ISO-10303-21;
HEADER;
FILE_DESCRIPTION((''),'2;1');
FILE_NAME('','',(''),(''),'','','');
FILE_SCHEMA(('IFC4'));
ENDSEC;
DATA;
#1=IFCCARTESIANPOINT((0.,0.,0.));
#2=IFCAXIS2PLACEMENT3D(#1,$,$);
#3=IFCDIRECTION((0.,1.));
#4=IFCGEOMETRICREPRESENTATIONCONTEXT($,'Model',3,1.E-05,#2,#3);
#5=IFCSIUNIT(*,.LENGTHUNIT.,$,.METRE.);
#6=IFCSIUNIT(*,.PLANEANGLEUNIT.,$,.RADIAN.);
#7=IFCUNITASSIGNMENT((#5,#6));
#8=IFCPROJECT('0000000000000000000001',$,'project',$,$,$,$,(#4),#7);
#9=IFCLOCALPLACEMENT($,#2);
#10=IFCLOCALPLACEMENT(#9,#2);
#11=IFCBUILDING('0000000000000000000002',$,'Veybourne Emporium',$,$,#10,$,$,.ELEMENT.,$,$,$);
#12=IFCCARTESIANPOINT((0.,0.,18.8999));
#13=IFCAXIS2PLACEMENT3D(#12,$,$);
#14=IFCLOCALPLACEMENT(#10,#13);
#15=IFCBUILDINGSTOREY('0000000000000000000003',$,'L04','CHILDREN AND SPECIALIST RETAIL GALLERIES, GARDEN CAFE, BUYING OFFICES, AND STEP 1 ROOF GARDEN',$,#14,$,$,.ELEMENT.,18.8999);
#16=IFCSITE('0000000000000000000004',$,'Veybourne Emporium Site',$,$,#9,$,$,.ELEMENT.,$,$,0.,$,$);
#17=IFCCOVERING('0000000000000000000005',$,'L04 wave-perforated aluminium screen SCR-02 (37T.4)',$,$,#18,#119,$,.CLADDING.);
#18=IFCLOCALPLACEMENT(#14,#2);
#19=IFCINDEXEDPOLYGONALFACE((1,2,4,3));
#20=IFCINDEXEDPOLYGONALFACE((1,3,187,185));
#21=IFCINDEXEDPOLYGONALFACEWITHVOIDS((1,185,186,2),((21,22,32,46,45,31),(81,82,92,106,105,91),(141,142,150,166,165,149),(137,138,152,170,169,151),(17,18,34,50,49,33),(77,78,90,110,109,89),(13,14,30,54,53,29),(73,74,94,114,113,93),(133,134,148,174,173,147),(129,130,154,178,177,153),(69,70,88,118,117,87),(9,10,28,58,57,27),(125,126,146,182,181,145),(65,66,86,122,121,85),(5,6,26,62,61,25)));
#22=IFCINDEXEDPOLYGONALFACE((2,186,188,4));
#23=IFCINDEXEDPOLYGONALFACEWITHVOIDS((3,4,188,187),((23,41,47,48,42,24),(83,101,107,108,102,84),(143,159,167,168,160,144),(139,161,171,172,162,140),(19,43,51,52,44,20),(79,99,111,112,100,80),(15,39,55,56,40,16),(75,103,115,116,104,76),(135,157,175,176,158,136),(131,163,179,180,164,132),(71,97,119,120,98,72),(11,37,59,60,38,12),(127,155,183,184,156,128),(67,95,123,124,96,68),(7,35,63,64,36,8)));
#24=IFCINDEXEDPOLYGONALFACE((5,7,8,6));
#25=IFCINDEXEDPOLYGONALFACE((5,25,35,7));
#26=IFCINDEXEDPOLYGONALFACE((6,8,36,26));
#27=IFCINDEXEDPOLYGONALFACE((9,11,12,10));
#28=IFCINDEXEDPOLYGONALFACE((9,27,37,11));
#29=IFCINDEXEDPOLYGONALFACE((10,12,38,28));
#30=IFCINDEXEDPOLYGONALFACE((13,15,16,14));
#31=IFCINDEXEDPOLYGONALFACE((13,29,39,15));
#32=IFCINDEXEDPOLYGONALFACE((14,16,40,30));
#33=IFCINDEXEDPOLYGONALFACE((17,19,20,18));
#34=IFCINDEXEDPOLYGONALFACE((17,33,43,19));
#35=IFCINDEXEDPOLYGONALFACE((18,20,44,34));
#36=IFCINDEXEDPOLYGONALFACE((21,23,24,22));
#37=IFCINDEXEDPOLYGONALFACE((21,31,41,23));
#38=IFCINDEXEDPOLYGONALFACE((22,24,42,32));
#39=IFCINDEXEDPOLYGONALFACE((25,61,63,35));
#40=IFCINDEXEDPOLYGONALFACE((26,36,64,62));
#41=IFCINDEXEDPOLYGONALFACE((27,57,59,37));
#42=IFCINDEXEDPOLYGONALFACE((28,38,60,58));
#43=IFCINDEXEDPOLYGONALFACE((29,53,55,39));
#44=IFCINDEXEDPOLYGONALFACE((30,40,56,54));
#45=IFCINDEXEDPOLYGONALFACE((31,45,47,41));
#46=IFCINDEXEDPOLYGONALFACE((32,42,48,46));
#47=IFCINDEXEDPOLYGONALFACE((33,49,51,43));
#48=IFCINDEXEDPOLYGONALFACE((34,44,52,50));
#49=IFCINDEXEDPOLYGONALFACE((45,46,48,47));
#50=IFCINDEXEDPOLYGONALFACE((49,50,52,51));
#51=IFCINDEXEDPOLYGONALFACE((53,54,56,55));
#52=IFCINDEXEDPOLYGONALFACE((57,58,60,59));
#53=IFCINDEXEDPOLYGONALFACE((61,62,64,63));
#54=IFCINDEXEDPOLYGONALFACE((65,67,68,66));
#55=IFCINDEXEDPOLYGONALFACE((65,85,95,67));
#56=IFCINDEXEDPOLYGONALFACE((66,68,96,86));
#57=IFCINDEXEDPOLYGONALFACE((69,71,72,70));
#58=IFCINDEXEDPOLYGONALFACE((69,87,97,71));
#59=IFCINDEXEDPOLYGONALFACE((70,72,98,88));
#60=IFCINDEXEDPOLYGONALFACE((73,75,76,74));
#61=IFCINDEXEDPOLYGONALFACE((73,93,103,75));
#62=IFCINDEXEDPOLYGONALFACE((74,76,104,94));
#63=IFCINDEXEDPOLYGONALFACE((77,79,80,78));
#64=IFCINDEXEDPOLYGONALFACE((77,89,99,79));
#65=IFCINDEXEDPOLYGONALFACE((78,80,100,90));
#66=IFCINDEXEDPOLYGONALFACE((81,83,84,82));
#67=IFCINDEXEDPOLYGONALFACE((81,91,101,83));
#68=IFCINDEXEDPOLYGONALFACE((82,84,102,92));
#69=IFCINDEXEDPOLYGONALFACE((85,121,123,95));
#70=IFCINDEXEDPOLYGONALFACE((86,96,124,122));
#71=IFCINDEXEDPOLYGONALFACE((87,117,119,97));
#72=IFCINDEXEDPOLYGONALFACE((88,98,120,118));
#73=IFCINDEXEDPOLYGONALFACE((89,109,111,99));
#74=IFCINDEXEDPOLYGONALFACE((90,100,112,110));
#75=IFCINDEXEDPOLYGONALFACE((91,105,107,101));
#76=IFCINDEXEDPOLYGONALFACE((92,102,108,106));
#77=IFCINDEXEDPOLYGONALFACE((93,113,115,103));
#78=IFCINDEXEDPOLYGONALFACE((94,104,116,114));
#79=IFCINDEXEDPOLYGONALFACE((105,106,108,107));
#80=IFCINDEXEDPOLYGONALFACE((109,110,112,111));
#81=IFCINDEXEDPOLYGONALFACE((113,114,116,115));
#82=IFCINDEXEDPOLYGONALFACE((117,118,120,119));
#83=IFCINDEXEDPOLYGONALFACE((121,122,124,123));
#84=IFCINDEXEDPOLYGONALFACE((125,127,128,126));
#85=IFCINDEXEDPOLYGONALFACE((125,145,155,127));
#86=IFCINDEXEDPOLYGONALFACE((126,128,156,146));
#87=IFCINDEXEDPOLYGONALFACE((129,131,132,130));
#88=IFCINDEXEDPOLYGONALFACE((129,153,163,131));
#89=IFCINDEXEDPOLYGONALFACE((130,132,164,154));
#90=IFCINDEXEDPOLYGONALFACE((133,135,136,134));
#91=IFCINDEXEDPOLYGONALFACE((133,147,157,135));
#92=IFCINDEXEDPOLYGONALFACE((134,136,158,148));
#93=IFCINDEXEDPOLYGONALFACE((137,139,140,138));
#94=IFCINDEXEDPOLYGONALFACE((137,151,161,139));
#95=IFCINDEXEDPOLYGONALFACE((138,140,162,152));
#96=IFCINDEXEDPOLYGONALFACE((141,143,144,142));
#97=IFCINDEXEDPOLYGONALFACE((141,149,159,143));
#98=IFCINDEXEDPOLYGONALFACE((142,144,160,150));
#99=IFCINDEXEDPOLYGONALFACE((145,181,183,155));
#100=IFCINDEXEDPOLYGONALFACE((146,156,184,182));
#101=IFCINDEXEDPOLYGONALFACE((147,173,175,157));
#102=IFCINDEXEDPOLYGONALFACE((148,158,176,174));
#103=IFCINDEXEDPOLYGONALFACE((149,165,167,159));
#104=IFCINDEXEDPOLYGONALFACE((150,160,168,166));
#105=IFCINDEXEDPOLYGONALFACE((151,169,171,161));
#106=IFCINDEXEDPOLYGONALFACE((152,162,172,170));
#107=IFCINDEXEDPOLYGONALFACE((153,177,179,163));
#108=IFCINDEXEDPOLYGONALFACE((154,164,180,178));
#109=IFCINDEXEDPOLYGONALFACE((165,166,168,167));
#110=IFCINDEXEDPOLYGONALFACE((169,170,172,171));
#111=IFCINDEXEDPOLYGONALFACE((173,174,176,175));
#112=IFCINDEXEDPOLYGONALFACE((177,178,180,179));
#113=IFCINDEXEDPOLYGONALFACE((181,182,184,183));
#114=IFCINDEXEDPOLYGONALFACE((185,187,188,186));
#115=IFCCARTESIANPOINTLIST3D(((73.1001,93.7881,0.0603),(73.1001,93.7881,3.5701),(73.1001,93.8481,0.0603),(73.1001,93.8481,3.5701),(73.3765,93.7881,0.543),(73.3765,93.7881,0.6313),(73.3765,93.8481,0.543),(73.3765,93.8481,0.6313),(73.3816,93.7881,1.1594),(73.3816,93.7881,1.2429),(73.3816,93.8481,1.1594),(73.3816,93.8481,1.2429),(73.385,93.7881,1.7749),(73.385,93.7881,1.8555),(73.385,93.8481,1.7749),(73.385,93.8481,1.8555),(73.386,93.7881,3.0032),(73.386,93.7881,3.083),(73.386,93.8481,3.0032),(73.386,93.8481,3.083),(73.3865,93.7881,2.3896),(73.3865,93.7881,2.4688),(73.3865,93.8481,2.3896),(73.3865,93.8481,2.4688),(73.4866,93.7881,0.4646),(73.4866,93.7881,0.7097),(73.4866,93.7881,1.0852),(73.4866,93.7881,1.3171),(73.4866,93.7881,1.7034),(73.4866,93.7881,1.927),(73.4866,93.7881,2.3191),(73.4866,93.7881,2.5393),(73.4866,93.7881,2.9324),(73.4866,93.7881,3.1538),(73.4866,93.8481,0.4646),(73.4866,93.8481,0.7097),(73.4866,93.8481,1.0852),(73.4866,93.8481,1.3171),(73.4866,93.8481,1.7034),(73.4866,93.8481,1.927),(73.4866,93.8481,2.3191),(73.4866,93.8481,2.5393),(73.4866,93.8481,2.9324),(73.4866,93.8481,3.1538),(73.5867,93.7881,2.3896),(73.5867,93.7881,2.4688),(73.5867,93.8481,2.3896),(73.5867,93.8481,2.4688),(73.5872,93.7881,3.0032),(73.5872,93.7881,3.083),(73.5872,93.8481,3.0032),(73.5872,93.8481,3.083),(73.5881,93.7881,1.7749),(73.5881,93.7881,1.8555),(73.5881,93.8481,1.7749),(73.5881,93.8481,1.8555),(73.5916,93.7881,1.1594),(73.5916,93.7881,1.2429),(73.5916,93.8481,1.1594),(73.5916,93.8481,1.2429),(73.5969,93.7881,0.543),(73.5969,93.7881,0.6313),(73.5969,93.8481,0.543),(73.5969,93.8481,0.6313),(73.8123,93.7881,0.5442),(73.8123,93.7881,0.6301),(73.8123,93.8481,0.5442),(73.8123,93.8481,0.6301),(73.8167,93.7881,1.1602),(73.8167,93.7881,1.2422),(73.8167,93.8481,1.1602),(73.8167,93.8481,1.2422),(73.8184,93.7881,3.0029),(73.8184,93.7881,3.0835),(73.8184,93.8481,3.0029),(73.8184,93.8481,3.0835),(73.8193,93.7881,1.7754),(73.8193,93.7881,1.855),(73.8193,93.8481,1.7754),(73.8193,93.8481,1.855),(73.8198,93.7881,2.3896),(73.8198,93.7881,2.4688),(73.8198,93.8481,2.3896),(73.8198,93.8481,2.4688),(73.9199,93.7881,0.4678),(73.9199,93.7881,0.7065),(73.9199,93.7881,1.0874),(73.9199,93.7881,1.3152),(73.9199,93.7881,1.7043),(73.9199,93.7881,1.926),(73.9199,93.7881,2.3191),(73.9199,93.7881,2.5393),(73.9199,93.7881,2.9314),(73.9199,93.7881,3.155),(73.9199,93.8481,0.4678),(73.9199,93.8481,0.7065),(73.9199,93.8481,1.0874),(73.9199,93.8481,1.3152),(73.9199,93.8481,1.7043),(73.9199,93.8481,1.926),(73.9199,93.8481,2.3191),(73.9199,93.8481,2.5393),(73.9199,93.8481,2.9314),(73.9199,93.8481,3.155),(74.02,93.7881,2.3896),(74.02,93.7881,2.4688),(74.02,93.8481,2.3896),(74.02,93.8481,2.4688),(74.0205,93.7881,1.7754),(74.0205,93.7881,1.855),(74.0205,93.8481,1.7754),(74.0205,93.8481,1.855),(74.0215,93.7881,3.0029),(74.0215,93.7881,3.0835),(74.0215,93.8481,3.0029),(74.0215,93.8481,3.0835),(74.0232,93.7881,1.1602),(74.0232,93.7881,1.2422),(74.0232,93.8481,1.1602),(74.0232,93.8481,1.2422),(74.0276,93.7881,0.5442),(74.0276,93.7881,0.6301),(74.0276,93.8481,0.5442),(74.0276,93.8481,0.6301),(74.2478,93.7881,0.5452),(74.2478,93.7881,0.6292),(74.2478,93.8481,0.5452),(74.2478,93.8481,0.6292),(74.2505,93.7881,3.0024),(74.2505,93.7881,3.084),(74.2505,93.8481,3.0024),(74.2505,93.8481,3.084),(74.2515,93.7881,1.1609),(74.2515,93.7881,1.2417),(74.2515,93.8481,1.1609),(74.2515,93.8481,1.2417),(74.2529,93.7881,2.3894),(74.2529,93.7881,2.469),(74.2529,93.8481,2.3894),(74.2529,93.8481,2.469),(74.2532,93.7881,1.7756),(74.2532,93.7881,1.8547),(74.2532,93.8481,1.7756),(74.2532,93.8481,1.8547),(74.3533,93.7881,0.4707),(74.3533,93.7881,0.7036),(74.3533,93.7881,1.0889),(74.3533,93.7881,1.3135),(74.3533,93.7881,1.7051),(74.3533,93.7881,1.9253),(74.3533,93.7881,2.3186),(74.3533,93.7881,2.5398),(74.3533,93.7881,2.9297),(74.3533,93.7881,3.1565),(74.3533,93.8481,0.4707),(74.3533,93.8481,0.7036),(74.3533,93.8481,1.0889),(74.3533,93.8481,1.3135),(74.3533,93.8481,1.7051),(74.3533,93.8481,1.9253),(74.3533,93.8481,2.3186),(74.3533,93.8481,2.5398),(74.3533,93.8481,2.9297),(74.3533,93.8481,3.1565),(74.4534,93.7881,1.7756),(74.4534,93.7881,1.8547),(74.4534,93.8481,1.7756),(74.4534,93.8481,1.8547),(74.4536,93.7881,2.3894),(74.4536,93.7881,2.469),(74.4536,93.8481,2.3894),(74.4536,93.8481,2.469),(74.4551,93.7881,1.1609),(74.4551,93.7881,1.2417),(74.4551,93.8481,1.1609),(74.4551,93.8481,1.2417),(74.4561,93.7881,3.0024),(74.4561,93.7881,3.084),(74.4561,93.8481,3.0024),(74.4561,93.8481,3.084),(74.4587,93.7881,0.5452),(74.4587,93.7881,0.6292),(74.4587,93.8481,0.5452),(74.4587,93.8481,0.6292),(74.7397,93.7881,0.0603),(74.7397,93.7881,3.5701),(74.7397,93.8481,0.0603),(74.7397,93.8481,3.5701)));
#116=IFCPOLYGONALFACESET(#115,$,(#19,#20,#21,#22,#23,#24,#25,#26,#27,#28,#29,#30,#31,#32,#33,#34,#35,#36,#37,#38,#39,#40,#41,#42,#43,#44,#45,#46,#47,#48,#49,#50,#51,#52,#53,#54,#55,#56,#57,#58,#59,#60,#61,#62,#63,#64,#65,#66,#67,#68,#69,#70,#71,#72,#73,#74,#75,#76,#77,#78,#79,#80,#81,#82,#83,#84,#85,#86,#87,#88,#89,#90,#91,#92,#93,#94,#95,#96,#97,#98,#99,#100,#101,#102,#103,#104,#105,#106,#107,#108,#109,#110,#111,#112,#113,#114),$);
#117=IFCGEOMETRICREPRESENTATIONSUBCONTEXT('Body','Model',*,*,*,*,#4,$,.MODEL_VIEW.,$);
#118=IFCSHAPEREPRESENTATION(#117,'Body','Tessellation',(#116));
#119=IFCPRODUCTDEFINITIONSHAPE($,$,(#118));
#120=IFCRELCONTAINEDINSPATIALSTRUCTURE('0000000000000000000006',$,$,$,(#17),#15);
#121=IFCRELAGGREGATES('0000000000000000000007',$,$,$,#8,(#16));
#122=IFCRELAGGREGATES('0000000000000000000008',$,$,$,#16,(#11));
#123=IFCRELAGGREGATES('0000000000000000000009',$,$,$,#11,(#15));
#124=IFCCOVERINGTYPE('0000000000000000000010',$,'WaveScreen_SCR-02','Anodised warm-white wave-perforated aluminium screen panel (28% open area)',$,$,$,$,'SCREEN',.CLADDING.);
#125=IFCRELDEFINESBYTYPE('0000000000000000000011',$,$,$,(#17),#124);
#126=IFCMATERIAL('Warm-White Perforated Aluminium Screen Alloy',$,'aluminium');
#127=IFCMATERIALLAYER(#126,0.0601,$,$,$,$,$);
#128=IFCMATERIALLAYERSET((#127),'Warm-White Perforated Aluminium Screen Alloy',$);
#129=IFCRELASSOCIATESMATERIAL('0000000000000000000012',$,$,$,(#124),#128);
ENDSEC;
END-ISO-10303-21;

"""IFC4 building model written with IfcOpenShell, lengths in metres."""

from ifc_helpers import new_model, si_unit, direction, frame, origin, place, context, subcontext, project, spatial, polyline, outline, extrude, material, layer, layer_set, type_object, element, save


model = new_model("IFC4")

# Units and contexts
model_context = context("Model", 3, precision=1e-05, world=origin(), true_north=direction((0.0, 1.0)))
body_context = subcontext(model_context, "Body", "Model", "MODEL_VIEW")
ifc_project = project(units=[si_unit("LENGTHUNIT", "METRE"), si_unit("PLANEANGLEUNIT", "RADIAN")], contexts=[model_context])

# Site, building, storey
site_placement = place(None, origin())
site = spatial("IfcSite", under=ifc_project, at=site_placement, Name="Veybourne Emporium Site", CompositionType="ELEMENT", RefElevation=0.0)
building_placement = place(site_placement, origin())
building = spatial("IfcBuilding", under=site, at=building_placement, Name="Veybourne Emporium", CompositionType="ELEMENT")
storey_placement = place(building_placement, frame((0.0, 0.0, 18.8999)))
storey = spatial("IfcBuildingStorey", under=building, at=storey_placement, Name="L04", Description="CHILDREN AND SPECIALIST RETAIL GALLERIES, GARDEN CAFE, BUYING OFFICES, AND STEP 1 ROOF GARDEN", CompositionType="ELEMENT", Elevation=18.8999)

# Covering
ifc_material_1 = material(Name="Warm-White Perforated Aluminium Screen Alloy", Category="aluminium")
ifc_layer_1 = layer(ifc_material_1, 0.0601)
ifc_layer_set_1 = layer_set([ifc_layer_1], Name="Warm-White Perforated Aluminium Screen Alloy")
covering_type_1 = type_object("IfcCoveringType", Name="WaveScreen_SCR-02", Description="Anodised warm-white wave-perforated aluminium screen panel (28% open area)", ElementType="SCREEN", PredefinedType="CLADDING", material=ifc_layer_set_1)
covering_1_placement = place(storey_placement, frame((73.9199, 93.8481, 1.8152), z_axis=(0.0, -1.0, 0.0), x_axis=(1.0, 0.0, 0.0)))
element("IfcCovering", 1, at=covering_1_placement, inside=storey, type_object=covering_type_1, Name="L04 wave-perforated aluminium screen SCR-02 (37T.4)", PredefinedType="CLADDING", context=body_context, shape_type="SweptSolid", body=[
    extrude(outline(polyline([(-0.8198, -1.7549), (0.8198, -1.7549), (0.8198, 1.7549), (-0.8198, 1.7549), (-0.8198, -1.7549)]), holes=[polyline([(-0.4333, -1.1055), (-0.323, -1.1838), (-0.323, -1.2722), (-0.4333, -1.3506), (-0.5435, -1.2722), (-0.5435, -1.1838), (-0.4333, -1.1055)]), polyline([(-0.4333, -0.498), (-0.3284, -0.5723), (-0.3284, -0.6558), (-0.4333, -0.73), (-0.5383, -0.6558), (-0.5383, -0.5723), (-0.4333, -0.498)]), polyline([(-0.4333, 0.1118), (-0.3318, 0.0403), (-0.3318, -0.0403), (-0.4333, -0.1118), (-0.5349, -0.0403), (-0.5349, 0.0403), (-0.4333, 0.1118)]), polyline([(-0.4333, 0.7241), (-0.3333, 0.6536), (-0.3333, 0.5745), (-0.4333, 0.5039), (-0.5334, 0.5745), (-0.5334, 0.6536), (-0.4333, 0.7241)]), polyline([(-0.4333, 1.3386), (-0.3328, 1.2678), (-0.3328, 1.188), (-0.4333, 1.1172), (-0.5339, 1.188), (-0.5339, 1.2678), (-0.4333, 1.3386)]), polyline([(0.0, -1.1086), (0.1077, -1.1851), (0.1077, -1.271), (0.0, -1.3474), (-0.1077, -1.271), (-0.1077, -1.1851), (0.0, -1.1086)]), polyline([(0.0, -0.5), (0.1033, -0.573), (0.1033, -0.655), (0.0, -0.7278), (-0.1033, -0.655), (-0.1033, -0.573), (0.0, -0.5)]), polyline([(0.0, 0.1108), (0.1006, 0.0398), (0.1006, -0.0398), (0.0, -0.1108), (-0.1006, -0.0398), (-0.1006, 0.0398), (0.0, 0.1108)]), polyline([(0.0, 0.7241), (0.1001, 0.6536), (0.1001, 0.5745), (0.0, 0.5039), (-0.1001, 0.5745), (-0.1001, 0.6536), (0.0, 0.7241)]), polyline([(0.0, 1.3398), (0.1016, 1.2683), (0.1016, 1.1877), (0.0, 1.1162), (-0.1016, 1.1877), (-0.1016, 1.2683), (0.0, 1.3398)]), polyline([(0.4333, -1.1116), (0.5388, -1.186), (0.5388, -1.27), (0.4333, -1.3445), (0.3279, -1.27), (0.3279, -1.186), (0.4333, -1.1116)]), polyline([(0.4333, -0.5017), (0.5352, -0.5735), (0.5352, -0.6543), (0.4333, -0.7263), (0.3315, -0.6543), (0.3315, -0.5735), (0.4333, -0.5017)]), polyline([(0.4333, 0.1101), (0.5334, 0.0396), (0.5334, -0.0396), (0.4333, -0.1101), (0.3333, -0.0396), (0.3333, 0.0396), (0.4333, 0.1101)]), polyline([(0.4333, 0.7246), (0.5337, 0.6538), (0.5337, 0.5742), (0.4333, 0.5034), (0.333, 0.5742), (0.333, 0.6538), (0.4333, 0.7246)]), polyline([(0.4333, 1.3413), (0.5361, 1.2688), (0.5361, 1.1873), (0.4333, 1.1145), (0.3306, 1.1873), (0.3306, 1.2688), (0.4333, 1.3413)])]), origin(), (0.0, 0.0, 1.0), 0.0601),
])

save(model, "model.ifc")
